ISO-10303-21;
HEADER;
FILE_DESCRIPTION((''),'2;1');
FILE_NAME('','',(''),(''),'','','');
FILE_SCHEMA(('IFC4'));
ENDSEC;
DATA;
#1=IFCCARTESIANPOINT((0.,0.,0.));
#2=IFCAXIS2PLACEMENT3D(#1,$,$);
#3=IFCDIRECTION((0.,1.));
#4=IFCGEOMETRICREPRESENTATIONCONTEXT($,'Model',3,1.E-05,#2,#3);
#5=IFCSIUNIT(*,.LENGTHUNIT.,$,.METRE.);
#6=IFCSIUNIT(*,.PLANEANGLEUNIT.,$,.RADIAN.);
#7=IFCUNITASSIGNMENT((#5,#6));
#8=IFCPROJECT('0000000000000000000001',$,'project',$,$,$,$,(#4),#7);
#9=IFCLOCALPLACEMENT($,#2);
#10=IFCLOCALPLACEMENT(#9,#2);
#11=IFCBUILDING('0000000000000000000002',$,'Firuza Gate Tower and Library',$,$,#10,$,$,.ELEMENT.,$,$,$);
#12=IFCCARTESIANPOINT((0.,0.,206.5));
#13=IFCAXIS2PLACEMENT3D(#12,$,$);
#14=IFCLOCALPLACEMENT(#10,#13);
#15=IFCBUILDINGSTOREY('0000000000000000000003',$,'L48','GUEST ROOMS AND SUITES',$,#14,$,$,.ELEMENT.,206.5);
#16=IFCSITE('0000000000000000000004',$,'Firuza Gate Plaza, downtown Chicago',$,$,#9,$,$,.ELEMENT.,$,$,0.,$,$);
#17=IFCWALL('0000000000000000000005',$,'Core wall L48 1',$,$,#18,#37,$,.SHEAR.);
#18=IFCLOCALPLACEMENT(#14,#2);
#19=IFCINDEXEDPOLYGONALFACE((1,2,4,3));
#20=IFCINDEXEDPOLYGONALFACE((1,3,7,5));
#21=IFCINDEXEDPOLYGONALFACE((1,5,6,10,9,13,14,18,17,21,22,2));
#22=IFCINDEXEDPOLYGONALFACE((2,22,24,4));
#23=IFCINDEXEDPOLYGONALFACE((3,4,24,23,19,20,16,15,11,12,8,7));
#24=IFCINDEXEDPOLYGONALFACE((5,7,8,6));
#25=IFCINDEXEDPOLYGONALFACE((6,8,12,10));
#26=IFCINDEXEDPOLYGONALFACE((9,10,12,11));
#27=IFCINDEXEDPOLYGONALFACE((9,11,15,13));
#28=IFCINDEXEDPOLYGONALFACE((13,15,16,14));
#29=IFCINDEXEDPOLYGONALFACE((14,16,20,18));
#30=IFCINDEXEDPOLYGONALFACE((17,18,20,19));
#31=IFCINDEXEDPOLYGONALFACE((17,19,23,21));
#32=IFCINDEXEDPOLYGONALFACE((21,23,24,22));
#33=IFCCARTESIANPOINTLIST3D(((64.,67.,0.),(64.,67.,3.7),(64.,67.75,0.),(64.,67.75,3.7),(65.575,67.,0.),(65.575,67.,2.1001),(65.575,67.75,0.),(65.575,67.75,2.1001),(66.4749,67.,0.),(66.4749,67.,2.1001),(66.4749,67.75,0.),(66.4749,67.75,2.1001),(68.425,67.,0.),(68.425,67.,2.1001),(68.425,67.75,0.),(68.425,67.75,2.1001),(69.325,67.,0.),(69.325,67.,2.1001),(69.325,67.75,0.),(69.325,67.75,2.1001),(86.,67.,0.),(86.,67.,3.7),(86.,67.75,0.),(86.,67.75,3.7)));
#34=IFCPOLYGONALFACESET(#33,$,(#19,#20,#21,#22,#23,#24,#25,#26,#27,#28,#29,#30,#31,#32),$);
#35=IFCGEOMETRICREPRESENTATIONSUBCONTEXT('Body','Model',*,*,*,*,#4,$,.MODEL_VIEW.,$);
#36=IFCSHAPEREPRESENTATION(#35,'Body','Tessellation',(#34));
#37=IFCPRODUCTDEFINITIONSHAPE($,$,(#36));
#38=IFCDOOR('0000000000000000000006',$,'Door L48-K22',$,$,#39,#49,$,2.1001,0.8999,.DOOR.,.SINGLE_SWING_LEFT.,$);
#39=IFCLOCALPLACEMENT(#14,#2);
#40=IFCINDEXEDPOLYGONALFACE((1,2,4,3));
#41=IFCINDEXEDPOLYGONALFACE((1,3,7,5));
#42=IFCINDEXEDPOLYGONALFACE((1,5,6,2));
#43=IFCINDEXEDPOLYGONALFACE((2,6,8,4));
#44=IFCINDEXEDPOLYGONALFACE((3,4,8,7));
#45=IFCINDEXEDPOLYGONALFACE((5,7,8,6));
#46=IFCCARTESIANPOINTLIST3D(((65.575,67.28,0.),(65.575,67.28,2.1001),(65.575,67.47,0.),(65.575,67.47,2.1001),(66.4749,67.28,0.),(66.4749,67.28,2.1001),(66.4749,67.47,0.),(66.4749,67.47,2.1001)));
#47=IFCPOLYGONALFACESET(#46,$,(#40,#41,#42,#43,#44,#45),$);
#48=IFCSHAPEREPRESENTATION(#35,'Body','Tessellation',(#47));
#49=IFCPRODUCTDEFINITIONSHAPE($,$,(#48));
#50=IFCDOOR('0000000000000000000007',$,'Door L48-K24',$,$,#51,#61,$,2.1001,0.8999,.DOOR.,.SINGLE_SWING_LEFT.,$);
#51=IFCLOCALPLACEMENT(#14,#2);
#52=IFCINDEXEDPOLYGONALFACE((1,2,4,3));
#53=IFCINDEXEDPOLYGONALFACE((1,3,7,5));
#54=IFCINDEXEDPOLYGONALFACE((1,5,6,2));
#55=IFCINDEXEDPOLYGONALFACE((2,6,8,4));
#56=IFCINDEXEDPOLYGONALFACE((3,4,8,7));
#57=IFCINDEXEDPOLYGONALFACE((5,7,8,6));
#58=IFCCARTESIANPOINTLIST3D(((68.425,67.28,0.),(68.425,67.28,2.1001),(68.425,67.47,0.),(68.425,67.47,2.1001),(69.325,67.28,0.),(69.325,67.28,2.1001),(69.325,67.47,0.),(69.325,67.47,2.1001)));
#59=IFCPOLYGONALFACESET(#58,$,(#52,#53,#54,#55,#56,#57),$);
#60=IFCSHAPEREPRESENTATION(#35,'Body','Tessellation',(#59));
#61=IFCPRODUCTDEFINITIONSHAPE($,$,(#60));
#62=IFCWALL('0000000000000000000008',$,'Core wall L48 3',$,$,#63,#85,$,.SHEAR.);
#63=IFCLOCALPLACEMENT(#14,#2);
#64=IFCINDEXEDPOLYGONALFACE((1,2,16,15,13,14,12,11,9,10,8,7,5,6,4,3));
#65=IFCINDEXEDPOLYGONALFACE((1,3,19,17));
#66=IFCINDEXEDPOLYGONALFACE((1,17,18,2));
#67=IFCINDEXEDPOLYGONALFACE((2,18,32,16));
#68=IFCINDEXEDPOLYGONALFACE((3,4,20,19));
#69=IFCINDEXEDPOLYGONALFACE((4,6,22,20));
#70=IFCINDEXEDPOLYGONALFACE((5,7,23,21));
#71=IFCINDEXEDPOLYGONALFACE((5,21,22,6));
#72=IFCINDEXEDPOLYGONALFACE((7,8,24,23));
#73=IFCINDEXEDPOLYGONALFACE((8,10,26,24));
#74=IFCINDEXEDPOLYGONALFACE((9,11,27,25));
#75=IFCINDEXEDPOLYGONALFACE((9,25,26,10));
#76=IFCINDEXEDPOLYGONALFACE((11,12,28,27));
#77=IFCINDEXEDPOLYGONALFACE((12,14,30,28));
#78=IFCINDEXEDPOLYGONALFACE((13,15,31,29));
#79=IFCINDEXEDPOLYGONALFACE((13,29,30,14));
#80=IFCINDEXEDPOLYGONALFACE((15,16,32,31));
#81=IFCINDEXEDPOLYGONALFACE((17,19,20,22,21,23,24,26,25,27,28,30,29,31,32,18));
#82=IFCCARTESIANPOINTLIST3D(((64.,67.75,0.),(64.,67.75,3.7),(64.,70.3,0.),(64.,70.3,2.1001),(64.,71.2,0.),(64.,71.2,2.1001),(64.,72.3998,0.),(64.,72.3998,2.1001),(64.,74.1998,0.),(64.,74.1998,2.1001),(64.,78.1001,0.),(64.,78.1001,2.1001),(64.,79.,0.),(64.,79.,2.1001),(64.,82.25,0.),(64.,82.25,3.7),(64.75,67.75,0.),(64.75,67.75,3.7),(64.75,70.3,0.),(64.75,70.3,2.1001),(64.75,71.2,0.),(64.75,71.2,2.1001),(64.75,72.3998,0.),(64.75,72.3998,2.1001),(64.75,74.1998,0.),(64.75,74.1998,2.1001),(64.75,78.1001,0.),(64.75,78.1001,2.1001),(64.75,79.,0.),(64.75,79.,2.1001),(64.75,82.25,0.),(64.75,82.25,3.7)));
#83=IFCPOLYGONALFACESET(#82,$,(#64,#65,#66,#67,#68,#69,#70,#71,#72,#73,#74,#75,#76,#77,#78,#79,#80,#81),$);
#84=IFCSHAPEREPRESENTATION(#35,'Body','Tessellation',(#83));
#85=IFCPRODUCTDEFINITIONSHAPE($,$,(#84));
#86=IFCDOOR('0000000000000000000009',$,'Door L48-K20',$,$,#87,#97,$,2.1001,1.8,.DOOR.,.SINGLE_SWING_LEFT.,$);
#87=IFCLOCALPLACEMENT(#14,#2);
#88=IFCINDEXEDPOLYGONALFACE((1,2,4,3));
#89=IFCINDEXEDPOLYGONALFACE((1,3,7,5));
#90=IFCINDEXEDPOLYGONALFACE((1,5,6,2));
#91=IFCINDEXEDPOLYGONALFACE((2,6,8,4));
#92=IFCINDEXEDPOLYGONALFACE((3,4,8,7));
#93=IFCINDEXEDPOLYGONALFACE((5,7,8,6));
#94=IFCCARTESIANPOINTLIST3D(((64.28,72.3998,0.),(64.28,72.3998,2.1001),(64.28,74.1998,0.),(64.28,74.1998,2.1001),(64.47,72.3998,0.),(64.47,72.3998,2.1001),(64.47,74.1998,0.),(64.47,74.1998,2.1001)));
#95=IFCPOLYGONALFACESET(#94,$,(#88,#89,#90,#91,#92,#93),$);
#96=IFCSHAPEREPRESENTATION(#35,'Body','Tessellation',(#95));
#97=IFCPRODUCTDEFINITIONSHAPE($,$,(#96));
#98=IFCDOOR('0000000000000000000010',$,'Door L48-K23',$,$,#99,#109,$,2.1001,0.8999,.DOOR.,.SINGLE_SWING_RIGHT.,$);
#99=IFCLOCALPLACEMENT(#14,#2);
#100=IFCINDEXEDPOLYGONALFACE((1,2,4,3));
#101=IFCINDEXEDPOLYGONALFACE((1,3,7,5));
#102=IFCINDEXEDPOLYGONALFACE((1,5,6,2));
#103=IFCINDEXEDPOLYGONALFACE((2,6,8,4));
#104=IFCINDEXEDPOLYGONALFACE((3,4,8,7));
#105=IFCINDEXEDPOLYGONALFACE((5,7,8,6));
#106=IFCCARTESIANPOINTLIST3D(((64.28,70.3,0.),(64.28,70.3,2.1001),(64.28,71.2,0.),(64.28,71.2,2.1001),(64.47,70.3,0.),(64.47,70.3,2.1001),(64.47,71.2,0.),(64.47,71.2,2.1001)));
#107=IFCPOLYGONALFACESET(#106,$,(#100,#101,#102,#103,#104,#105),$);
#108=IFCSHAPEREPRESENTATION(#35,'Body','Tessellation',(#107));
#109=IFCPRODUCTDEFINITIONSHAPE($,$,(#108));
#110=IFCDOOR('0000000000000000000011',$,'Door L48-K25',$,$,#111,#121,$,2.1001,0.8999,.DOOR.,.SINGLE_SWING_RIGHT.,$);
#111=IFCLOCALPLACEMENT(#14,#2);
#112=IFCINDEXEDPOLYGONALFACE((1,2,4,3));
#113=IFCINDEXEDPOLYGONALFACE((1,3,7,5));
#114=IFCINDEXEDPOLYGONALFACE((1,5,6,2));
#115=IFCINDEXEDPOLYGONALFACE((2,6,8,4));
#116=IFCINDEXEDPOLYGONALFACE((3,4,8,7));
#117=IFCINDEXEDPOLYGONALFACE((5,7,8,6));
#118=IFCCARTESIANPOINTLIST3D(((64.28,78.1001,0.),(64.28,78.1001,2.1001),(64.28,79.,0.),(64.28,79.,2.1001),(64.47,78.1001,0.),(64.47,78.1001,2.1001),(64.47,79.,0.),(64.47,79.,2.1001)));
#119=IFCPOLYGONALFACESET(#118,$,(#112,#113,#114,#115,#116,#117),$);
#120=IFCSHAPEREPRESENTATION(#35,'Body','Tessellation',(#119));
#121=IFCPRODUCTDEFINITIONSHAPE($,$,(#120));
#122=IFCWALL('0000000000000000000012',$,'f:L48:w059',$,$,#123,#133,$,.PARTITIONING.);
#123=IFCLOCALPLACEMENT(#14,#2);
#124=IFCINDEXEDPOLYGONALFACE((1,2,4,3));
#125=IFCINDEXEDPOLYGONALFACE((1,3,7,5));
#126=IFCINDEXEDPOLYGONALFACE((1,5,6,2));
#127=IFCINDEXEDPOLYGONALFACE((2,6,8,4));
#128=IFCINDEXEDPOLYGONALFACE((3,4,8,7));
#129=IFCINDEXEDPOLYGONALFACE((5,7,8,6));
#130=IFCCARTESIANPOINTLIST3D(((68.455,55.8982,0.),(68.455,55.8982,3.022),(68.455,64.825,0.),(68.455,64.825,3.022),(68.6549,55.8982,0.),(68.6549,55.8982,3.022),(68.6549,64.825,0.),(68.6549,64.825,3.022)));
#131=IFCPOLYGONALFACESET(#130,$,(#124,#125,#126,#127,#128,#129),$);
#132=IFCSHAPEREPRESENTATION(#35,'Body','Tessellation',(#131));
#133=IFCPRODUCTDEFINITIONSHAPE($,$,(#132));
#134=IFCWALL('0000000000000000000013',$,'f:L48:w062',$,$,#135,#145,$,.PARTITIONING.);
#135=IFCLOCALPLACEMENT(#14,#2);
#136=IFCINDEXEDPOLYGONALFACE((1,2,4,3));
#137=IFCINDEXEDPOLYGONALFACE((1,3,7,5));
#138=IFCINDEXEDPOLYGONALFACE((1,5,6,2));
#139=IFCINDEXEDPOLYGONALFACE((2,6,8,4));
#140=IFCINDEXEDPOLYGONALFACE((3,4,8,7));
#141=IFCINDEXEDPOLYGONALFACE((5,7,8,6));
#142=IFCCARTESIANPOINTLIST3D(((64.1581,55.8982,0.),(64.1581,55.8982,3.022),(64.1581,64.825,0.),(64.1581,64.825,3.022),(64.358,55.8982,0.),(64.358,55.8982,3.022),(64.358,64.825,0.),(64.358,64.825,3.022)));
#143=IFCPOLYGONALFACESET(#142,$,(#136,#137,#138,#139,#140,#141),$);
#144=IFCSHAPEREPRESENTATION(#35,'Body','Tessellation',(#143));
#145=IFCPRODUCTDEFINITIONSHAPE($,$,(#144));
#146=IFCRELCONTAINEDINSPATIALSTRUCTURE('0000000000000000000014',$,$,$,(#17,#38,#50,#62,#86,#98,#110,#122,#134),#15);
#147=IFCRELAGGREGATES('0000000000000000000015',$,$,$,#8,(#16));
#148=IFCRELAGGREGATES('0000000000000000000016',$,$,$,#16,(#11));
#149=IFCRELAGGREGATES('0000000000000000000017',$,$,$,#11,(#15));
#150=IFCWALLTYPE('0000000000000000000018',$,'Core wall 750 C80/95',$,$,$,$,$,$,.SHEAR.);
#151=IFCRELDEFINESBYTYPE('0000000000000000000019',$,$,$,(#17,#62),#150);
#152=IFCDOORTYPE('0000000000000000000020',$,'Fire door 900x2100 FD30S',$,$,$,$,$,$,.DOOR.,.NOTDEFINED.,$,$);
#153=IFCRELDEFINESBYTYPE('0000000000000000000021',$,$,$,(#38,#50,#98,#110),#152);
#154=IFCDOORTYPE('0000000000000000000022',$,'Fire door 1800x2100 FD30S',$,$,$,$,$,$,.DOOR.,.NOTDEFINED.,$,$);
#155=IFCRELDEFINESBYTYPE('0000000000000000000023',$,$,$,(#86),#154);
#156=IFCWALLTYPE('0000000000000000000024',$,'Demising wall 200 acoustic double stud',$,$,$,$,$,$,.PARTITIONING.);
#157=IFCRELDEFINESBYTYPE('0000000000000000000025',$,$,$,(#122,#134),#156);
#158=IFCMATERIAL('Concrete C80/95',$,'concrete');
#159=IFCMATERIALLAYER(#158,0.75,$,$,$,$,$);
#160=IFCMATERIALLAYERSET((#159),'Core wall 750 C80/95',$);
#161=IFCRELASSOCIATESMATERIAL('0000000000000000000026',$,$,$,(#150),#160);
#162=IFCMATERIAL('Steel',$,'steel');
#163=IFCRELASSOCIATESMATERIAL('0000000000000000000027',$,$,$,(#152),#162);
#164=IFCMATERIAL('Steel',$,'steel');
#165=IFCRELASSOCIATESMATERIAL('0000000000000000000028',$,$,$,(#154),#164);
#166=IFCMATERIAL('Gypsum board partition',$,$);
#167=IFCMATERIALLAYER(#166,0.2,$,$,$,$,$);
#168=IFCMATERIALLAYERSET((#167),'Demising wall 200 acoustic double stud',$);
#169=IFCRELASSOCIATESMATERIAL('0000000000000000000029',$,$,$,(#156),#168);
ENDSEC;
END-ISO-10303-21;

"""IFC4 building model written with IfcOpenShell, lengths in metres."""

from ifc_helpers import new_model, si_unit, direction, frame, frame_2d, origin, place, context, subcontext, project, spatial, rectangle, extrude, material, layer, layer_set, type_object, element, fill, save


model = new_model("IFC4")

# Units and contexts
model_context = context("Model", 3, precision=1e-05, world=origin(), true_north=direction((0.0, 1.0)))
body_context = subcontext(model_context, "Body", "Model", "MODEL_VIEW")
ifc_project = project(units=[si_unit("LENGTHUNIT", "METRE"), si_unit("PLANEANGLEUNIT", "RADIAN")], contexts=[model_context])

# Site, building, storey
site_placement = place(None, origin())
site = spatial("IfcSite", under=ifc_project, at=site_placement, Name="Firuza Gate Plaza, downtown Chicago", CompositionType="ELEMENT", RefElevation=0.0)
building_placement = place(site_placement, origin())
building = spatial("IfcBuilding", under=site, at=building_placement, Name="Firuza Gate Tower and Library", CompositionType="ELEMENT")
storey_placement = place(building_placement, frame((0.0, 0.0, 206.5)))
storey = spatial("IfcBuildingStorey", under=building, at=storey_placement, Name="L48", Description="GUEST ROOMS AND SUITES", CompositionType="ELEMENT", Elevation=206.5)

# Walls, openings, doors
ifc_material_1 = material(Name="Concrete C80/95", Category="concrete")
ifc_layer_1 = layer(ifc_material_1, 0.75)
ifc_layer_set_1 = layer_set([ifc_layer_1], Name="Core wall 750 C80/95")
wall_type_1 = type_object("IfcWallType", Name="Core wall 750 C80/95", PredefinedType="SHEAR", material=ifc_layer_set_1)
wall_1_placement = place(storey_placement, frame((64.0, 67.375, 0.0), z_axis=(0.0, 0.0, 1.0), x_axis=(1.0, 0.0, 0.0)))
wall_1 = element("IfcWall", 1, at=wall_1_placement, inside=storey, type_object=wall_type_1, Name="Core wall L48 1", PredefinedType="SHEAR", context=body_context, shape_type="SweptSolid", body=[
    extrude(rectangle(XDim=22.0, YDim=0.75, at=frame_2d((11.0, 0.0))), origin(), (0.0, 0.0, 1.0), 3.7),
])
opening_1_placement = place(wall_1_placement, frame((1.575, 0.0, 0.0)))
opening_1 = element("IfcOpeningElement", 2, at=opening_1_placement, cuts=wall_1, PredefinedType="OPENING", context=body_context, shape_type="SweptSolid", body=[
    extrude(rectangle(XDim=0.8999, YDim=2.1001, at=frame_2d((0.45, 1.05))), frame((0.0, 0.385, 0.0), z_axis=(0.0, -1.0, 0.0), x_axis=(1.0, 0.0, 0.0)), (0.0, 0.0, 1.0), 0.77),
])
opening_2_placement = place(wall_1_placement, frame((4.425, 0.0, 0.0)))
opening_2 = element("IfcOpeningElement", 3, at=opening_2_placement, cuts=wall_1, PredefinedType="OPENING", context=body_context, shape_type="SweptSolid", body=[
    extrude(rectangle(XDim=0.8999, YDim=2.1001, at=frame_2d((0.45, 1.05))), frame((0.0, 0.385, 0.0), z_axis=(0.0, -1.0, 0.0), x_axis=(1.0, 0.0, 0.0)), (0.0, 0.0, 1.0), 0.77),
])
ifc_material_2 = material(Name="Steel", Category="steel")
door_type_1 = type_object("IfcDoorType", Name="Fire door 900x2100 FD30S", OperationType="NOTDEFINED", PredefinedType="DOOR", material=ifc_material_2)
door_1_placement = place(opening_1_placement, origin())
door_1 = element("IfcDoor", 4, at=door_1_placement, inside=storey, type_object=door_type_1, Name="Door L48-K22", OperationType="SINGLE_SWING_LEFT", OverallHeight=2.1001, OverallWidth=0.8999, PredefinedType="DOOR", context=body_context, shape_type="SweptSolid", body=[
    extrude(rectangle(XDim=0.8999, YDim=2.1001, at=frame_2d((0.45, 1.05))), frame((0.0, 0.095, 0.0), z_axis=(0.0, -1.0, 0.0), x_axis=(1.0, 0.0, 0.0)), (0.0, 0.0, 1.0), 0.1899),
])
fill(opening_1, door_1)
door_2_placement = place(opening_2_placement, origin())
door_2 = element("IfcDoor", 5, at=door_2_placement, inside=storey, type_object=door_type_1, Name="Door L48-K24", OperationType="SINGLE_SWING_LEFT", OverallHeight=2.1001, OverallWidth=0.8999, PredefinedType="DOOR", context=body_context, shape_type="SweptSolid", body=[
    extrude(rectangle(XDim=0.8999, YDim=2.1001, at=frame_2d((0.45, 1.05))), frame((0.0, 0.095, 0.0), z_axis=(0.0, -1.0, 0.0), x_axis=(1.0, 0.0, 0.0)), (0.0, 0.0, 1.0), 0.1899),
])
fill(opening_2, door_2)
wall_2_placement = place(storey_placement, frame((64.375, 67.75, 0.0), z_axis=(0.0, 0.0, 1.0), x_axis=(0.0, 1.0, 0.0)))
wall_2 = element("IfcWall", 6, at=wall_2_placement, inside=storey, type_object=wall_type_1, Name="Core wall L48 3", PredefinedType="SHEAR", context=body_context, shape_type="SweptSolid", body=[
    extrude(rectangle(XDim=14.5, YDim=0.75, at=frame_2d((7.25, 0.0))), origin(), (0.0, 0.0, 1.0), 3.7),
])
opening_3_placement = place(wall_2_placement, frame((4.6499, 0.0, 0.0)))
opening_3 = element("IfcOpeningElement", 7, at=opening_3_placement, cuts=wall_2, PredefinedType="OPENING", context=body_context, shape_type="SweptSolid", body=[
    extrude(rectangle(XDim=1.8, YDim=2.1001, at=frame_2d((0.8999, 1.05))), frame((0.0, 0.385, 0.0), z_axis=(0.0, -1.0, 0.0), x_axis=(1.0, 0.0, 0.0)), (0.0, 0.0, 1.0), 0.77),
])
opening_4_placement = place(wall_2_placement, frame((2.55, 0.0, 0.0)))
opening_4 = element("IfcOpeningElement", 8, at=opening_4_placement, cuts=wall_2, PredefinedType="OPENING", context=body_context, shape_type="SweptSolid", body=[
    extrude(rectangle(XDim=0.8999, YDim=2.1001, at=frame_2d((0.45, 1.05))), frame((0.0, 0.385, 0.0), z_axis=(0.0, -1.0, 0.0), x_axis=(1.0, 0.0, 0.0)), (0.0, 0.0, 1.0), 0.77),
])
opening_5_placement = place(wall_2_placement, frame((10.3501, 0.0, 0.0)))
opening_5 = element("IfcOpeningElement", 9, at=opening_5_placement, cuts=wall_2, PredefinedType="OPENING", context=body_context, shape_type="SweptSolid", body=[
    extrude(rectangle(XDim=0.8999, YDim=2.1001, at=frame_2d((0.45, 1.05))), frame((0.0, 0.385, 0.0), z_axis=(0.0, -1.0, 0.0), x_axis=(1.0, 0.0, 0.0)), (0.0, 0.0, 1.0), 0.77),
])
ifc_material_3 = material(Name="Steel", Category="steel")
door_type_2 = type_object("IfcDoorType", Name="Fire door 1800x2100 FD30S", OperationType="NOTDEFINED", PredefinedType="DOOR", material=ifc_material_3)
door_3_placement = place(opening_3_placement, origin())
door_3 = element("IfcDoor", 10, at=door_3_placement, inside=storey, type_object=door_type_2, Name="Door L48-K20", OperationType="SINGLE_SWING_LEFT", OverallHeight=2.1001, OverallWidth=1.8, PredefinedType="DOOR", context=body_context, shape_type="SweptSolid", body=[
    extrude(rectangle(XDim=1.8, YDim=2.1001, at=frame_2d((0.8999, 1.05))), frame((0.0, 0.095, 0.0), z_axis=(0.0, -1.0, 0.0), x_axis=(1.0, 0.0, 0.0)), (0.0, 0.0, 1.0), 0.1899),
])
fill(opening_3, door_3)
door_4_placement = place(opening_4_placement, origin())
door_4 = element("IfcDoor", 11, at=door_4_placement, inside=storey, type_object=door_type_1, Name="Door L48-K23", OperationType="SINGLE_SWING_RIGHT", OverallHeight=2.1001, OverallWidth=0.8999, PredefinedType="DOOR", context=body_context, shape_type="SweptSolid", body=[
    extrude(rectangle(XDim=0.8999, YDim=2.1001, at=frame_2d((0.45, 1.05))), frame((0.0, 0.095, 0.0), z_axis=(0.0, -1.0, 0.0), x_axis=(1.0, 0.0, 0.0)), (0.0, 0.0, 1.0), 0.1899),
])
fill(opening_4, door_4)
door_5_placement = place(opening_5_placement, origin())
door_5 = element("IfcDoor", 12, at=door_5_placement, inside=storey, type_object=door_type_1, Name="Door L48-K25", OperationType="SINGLE_SWING_RIGHT", OverallHeight=2.1001, OverallWidth=0.8999, PredefinedType="DOOR", context=body_context, shape_type="SweptSolid", body=[
    extrude(rectangle(XDim=0.8999, YDim=2.1001, at=frame_2d((0.45, 1.05))), frame((0.0, 0.095, 0.0), z_axis=(0.0, -1.0, 0.0), x_axis=(1.0, 0.0, 0.0)), (0.0, 0.0, 1.0), 0.1899),
])
fill(opening_5, door_5)

# Walls
ifc_material_4 = material(Name="Gypsum board partition")
ifc_layer_2 = layer(ifc_material_4, 0.2)
ifc_layer_set_2 = layer_set([ifc_layer_2], Name="Demising wall 200 acoustic double stud")
wall_type_2 = type_object("IfcWallType", Name="Demising wall 200 acoustic double stud", PredefinedType="PARTITIONING", material=ifc_layer_set_2)
for number, where, z_axis, x_axis, name in (
    (13, (68.5549, 55.8982, 0.0), (0.0, 0.0, 1.0), (0.0, 1.0, 0.0), "f:L48:w059"),
    (14, (64.2581, 55.8982, 0.0), (0.0, 0.0, 1.0), (0.0, 1.0, 0.0), "f:L48:w062"),
):
    element("IfcWall", number, at=place(storey_placement, frame(where, z_axis=z_axis, x_axis=x_axis)), inside=storey, type_object=wall_type_2, Name=name, PredefinedType="PARTITIONING", context=body_context, shape_type="SweptSolid", body=[
        extrude(rectangle(XDim=8.9268, YDim=0.2, at=frame_2d((4.4634, 0.0))), origin(), (0.0, 0.0, 1.0), 3.022),
    ])

save(model, "model.ifc")
